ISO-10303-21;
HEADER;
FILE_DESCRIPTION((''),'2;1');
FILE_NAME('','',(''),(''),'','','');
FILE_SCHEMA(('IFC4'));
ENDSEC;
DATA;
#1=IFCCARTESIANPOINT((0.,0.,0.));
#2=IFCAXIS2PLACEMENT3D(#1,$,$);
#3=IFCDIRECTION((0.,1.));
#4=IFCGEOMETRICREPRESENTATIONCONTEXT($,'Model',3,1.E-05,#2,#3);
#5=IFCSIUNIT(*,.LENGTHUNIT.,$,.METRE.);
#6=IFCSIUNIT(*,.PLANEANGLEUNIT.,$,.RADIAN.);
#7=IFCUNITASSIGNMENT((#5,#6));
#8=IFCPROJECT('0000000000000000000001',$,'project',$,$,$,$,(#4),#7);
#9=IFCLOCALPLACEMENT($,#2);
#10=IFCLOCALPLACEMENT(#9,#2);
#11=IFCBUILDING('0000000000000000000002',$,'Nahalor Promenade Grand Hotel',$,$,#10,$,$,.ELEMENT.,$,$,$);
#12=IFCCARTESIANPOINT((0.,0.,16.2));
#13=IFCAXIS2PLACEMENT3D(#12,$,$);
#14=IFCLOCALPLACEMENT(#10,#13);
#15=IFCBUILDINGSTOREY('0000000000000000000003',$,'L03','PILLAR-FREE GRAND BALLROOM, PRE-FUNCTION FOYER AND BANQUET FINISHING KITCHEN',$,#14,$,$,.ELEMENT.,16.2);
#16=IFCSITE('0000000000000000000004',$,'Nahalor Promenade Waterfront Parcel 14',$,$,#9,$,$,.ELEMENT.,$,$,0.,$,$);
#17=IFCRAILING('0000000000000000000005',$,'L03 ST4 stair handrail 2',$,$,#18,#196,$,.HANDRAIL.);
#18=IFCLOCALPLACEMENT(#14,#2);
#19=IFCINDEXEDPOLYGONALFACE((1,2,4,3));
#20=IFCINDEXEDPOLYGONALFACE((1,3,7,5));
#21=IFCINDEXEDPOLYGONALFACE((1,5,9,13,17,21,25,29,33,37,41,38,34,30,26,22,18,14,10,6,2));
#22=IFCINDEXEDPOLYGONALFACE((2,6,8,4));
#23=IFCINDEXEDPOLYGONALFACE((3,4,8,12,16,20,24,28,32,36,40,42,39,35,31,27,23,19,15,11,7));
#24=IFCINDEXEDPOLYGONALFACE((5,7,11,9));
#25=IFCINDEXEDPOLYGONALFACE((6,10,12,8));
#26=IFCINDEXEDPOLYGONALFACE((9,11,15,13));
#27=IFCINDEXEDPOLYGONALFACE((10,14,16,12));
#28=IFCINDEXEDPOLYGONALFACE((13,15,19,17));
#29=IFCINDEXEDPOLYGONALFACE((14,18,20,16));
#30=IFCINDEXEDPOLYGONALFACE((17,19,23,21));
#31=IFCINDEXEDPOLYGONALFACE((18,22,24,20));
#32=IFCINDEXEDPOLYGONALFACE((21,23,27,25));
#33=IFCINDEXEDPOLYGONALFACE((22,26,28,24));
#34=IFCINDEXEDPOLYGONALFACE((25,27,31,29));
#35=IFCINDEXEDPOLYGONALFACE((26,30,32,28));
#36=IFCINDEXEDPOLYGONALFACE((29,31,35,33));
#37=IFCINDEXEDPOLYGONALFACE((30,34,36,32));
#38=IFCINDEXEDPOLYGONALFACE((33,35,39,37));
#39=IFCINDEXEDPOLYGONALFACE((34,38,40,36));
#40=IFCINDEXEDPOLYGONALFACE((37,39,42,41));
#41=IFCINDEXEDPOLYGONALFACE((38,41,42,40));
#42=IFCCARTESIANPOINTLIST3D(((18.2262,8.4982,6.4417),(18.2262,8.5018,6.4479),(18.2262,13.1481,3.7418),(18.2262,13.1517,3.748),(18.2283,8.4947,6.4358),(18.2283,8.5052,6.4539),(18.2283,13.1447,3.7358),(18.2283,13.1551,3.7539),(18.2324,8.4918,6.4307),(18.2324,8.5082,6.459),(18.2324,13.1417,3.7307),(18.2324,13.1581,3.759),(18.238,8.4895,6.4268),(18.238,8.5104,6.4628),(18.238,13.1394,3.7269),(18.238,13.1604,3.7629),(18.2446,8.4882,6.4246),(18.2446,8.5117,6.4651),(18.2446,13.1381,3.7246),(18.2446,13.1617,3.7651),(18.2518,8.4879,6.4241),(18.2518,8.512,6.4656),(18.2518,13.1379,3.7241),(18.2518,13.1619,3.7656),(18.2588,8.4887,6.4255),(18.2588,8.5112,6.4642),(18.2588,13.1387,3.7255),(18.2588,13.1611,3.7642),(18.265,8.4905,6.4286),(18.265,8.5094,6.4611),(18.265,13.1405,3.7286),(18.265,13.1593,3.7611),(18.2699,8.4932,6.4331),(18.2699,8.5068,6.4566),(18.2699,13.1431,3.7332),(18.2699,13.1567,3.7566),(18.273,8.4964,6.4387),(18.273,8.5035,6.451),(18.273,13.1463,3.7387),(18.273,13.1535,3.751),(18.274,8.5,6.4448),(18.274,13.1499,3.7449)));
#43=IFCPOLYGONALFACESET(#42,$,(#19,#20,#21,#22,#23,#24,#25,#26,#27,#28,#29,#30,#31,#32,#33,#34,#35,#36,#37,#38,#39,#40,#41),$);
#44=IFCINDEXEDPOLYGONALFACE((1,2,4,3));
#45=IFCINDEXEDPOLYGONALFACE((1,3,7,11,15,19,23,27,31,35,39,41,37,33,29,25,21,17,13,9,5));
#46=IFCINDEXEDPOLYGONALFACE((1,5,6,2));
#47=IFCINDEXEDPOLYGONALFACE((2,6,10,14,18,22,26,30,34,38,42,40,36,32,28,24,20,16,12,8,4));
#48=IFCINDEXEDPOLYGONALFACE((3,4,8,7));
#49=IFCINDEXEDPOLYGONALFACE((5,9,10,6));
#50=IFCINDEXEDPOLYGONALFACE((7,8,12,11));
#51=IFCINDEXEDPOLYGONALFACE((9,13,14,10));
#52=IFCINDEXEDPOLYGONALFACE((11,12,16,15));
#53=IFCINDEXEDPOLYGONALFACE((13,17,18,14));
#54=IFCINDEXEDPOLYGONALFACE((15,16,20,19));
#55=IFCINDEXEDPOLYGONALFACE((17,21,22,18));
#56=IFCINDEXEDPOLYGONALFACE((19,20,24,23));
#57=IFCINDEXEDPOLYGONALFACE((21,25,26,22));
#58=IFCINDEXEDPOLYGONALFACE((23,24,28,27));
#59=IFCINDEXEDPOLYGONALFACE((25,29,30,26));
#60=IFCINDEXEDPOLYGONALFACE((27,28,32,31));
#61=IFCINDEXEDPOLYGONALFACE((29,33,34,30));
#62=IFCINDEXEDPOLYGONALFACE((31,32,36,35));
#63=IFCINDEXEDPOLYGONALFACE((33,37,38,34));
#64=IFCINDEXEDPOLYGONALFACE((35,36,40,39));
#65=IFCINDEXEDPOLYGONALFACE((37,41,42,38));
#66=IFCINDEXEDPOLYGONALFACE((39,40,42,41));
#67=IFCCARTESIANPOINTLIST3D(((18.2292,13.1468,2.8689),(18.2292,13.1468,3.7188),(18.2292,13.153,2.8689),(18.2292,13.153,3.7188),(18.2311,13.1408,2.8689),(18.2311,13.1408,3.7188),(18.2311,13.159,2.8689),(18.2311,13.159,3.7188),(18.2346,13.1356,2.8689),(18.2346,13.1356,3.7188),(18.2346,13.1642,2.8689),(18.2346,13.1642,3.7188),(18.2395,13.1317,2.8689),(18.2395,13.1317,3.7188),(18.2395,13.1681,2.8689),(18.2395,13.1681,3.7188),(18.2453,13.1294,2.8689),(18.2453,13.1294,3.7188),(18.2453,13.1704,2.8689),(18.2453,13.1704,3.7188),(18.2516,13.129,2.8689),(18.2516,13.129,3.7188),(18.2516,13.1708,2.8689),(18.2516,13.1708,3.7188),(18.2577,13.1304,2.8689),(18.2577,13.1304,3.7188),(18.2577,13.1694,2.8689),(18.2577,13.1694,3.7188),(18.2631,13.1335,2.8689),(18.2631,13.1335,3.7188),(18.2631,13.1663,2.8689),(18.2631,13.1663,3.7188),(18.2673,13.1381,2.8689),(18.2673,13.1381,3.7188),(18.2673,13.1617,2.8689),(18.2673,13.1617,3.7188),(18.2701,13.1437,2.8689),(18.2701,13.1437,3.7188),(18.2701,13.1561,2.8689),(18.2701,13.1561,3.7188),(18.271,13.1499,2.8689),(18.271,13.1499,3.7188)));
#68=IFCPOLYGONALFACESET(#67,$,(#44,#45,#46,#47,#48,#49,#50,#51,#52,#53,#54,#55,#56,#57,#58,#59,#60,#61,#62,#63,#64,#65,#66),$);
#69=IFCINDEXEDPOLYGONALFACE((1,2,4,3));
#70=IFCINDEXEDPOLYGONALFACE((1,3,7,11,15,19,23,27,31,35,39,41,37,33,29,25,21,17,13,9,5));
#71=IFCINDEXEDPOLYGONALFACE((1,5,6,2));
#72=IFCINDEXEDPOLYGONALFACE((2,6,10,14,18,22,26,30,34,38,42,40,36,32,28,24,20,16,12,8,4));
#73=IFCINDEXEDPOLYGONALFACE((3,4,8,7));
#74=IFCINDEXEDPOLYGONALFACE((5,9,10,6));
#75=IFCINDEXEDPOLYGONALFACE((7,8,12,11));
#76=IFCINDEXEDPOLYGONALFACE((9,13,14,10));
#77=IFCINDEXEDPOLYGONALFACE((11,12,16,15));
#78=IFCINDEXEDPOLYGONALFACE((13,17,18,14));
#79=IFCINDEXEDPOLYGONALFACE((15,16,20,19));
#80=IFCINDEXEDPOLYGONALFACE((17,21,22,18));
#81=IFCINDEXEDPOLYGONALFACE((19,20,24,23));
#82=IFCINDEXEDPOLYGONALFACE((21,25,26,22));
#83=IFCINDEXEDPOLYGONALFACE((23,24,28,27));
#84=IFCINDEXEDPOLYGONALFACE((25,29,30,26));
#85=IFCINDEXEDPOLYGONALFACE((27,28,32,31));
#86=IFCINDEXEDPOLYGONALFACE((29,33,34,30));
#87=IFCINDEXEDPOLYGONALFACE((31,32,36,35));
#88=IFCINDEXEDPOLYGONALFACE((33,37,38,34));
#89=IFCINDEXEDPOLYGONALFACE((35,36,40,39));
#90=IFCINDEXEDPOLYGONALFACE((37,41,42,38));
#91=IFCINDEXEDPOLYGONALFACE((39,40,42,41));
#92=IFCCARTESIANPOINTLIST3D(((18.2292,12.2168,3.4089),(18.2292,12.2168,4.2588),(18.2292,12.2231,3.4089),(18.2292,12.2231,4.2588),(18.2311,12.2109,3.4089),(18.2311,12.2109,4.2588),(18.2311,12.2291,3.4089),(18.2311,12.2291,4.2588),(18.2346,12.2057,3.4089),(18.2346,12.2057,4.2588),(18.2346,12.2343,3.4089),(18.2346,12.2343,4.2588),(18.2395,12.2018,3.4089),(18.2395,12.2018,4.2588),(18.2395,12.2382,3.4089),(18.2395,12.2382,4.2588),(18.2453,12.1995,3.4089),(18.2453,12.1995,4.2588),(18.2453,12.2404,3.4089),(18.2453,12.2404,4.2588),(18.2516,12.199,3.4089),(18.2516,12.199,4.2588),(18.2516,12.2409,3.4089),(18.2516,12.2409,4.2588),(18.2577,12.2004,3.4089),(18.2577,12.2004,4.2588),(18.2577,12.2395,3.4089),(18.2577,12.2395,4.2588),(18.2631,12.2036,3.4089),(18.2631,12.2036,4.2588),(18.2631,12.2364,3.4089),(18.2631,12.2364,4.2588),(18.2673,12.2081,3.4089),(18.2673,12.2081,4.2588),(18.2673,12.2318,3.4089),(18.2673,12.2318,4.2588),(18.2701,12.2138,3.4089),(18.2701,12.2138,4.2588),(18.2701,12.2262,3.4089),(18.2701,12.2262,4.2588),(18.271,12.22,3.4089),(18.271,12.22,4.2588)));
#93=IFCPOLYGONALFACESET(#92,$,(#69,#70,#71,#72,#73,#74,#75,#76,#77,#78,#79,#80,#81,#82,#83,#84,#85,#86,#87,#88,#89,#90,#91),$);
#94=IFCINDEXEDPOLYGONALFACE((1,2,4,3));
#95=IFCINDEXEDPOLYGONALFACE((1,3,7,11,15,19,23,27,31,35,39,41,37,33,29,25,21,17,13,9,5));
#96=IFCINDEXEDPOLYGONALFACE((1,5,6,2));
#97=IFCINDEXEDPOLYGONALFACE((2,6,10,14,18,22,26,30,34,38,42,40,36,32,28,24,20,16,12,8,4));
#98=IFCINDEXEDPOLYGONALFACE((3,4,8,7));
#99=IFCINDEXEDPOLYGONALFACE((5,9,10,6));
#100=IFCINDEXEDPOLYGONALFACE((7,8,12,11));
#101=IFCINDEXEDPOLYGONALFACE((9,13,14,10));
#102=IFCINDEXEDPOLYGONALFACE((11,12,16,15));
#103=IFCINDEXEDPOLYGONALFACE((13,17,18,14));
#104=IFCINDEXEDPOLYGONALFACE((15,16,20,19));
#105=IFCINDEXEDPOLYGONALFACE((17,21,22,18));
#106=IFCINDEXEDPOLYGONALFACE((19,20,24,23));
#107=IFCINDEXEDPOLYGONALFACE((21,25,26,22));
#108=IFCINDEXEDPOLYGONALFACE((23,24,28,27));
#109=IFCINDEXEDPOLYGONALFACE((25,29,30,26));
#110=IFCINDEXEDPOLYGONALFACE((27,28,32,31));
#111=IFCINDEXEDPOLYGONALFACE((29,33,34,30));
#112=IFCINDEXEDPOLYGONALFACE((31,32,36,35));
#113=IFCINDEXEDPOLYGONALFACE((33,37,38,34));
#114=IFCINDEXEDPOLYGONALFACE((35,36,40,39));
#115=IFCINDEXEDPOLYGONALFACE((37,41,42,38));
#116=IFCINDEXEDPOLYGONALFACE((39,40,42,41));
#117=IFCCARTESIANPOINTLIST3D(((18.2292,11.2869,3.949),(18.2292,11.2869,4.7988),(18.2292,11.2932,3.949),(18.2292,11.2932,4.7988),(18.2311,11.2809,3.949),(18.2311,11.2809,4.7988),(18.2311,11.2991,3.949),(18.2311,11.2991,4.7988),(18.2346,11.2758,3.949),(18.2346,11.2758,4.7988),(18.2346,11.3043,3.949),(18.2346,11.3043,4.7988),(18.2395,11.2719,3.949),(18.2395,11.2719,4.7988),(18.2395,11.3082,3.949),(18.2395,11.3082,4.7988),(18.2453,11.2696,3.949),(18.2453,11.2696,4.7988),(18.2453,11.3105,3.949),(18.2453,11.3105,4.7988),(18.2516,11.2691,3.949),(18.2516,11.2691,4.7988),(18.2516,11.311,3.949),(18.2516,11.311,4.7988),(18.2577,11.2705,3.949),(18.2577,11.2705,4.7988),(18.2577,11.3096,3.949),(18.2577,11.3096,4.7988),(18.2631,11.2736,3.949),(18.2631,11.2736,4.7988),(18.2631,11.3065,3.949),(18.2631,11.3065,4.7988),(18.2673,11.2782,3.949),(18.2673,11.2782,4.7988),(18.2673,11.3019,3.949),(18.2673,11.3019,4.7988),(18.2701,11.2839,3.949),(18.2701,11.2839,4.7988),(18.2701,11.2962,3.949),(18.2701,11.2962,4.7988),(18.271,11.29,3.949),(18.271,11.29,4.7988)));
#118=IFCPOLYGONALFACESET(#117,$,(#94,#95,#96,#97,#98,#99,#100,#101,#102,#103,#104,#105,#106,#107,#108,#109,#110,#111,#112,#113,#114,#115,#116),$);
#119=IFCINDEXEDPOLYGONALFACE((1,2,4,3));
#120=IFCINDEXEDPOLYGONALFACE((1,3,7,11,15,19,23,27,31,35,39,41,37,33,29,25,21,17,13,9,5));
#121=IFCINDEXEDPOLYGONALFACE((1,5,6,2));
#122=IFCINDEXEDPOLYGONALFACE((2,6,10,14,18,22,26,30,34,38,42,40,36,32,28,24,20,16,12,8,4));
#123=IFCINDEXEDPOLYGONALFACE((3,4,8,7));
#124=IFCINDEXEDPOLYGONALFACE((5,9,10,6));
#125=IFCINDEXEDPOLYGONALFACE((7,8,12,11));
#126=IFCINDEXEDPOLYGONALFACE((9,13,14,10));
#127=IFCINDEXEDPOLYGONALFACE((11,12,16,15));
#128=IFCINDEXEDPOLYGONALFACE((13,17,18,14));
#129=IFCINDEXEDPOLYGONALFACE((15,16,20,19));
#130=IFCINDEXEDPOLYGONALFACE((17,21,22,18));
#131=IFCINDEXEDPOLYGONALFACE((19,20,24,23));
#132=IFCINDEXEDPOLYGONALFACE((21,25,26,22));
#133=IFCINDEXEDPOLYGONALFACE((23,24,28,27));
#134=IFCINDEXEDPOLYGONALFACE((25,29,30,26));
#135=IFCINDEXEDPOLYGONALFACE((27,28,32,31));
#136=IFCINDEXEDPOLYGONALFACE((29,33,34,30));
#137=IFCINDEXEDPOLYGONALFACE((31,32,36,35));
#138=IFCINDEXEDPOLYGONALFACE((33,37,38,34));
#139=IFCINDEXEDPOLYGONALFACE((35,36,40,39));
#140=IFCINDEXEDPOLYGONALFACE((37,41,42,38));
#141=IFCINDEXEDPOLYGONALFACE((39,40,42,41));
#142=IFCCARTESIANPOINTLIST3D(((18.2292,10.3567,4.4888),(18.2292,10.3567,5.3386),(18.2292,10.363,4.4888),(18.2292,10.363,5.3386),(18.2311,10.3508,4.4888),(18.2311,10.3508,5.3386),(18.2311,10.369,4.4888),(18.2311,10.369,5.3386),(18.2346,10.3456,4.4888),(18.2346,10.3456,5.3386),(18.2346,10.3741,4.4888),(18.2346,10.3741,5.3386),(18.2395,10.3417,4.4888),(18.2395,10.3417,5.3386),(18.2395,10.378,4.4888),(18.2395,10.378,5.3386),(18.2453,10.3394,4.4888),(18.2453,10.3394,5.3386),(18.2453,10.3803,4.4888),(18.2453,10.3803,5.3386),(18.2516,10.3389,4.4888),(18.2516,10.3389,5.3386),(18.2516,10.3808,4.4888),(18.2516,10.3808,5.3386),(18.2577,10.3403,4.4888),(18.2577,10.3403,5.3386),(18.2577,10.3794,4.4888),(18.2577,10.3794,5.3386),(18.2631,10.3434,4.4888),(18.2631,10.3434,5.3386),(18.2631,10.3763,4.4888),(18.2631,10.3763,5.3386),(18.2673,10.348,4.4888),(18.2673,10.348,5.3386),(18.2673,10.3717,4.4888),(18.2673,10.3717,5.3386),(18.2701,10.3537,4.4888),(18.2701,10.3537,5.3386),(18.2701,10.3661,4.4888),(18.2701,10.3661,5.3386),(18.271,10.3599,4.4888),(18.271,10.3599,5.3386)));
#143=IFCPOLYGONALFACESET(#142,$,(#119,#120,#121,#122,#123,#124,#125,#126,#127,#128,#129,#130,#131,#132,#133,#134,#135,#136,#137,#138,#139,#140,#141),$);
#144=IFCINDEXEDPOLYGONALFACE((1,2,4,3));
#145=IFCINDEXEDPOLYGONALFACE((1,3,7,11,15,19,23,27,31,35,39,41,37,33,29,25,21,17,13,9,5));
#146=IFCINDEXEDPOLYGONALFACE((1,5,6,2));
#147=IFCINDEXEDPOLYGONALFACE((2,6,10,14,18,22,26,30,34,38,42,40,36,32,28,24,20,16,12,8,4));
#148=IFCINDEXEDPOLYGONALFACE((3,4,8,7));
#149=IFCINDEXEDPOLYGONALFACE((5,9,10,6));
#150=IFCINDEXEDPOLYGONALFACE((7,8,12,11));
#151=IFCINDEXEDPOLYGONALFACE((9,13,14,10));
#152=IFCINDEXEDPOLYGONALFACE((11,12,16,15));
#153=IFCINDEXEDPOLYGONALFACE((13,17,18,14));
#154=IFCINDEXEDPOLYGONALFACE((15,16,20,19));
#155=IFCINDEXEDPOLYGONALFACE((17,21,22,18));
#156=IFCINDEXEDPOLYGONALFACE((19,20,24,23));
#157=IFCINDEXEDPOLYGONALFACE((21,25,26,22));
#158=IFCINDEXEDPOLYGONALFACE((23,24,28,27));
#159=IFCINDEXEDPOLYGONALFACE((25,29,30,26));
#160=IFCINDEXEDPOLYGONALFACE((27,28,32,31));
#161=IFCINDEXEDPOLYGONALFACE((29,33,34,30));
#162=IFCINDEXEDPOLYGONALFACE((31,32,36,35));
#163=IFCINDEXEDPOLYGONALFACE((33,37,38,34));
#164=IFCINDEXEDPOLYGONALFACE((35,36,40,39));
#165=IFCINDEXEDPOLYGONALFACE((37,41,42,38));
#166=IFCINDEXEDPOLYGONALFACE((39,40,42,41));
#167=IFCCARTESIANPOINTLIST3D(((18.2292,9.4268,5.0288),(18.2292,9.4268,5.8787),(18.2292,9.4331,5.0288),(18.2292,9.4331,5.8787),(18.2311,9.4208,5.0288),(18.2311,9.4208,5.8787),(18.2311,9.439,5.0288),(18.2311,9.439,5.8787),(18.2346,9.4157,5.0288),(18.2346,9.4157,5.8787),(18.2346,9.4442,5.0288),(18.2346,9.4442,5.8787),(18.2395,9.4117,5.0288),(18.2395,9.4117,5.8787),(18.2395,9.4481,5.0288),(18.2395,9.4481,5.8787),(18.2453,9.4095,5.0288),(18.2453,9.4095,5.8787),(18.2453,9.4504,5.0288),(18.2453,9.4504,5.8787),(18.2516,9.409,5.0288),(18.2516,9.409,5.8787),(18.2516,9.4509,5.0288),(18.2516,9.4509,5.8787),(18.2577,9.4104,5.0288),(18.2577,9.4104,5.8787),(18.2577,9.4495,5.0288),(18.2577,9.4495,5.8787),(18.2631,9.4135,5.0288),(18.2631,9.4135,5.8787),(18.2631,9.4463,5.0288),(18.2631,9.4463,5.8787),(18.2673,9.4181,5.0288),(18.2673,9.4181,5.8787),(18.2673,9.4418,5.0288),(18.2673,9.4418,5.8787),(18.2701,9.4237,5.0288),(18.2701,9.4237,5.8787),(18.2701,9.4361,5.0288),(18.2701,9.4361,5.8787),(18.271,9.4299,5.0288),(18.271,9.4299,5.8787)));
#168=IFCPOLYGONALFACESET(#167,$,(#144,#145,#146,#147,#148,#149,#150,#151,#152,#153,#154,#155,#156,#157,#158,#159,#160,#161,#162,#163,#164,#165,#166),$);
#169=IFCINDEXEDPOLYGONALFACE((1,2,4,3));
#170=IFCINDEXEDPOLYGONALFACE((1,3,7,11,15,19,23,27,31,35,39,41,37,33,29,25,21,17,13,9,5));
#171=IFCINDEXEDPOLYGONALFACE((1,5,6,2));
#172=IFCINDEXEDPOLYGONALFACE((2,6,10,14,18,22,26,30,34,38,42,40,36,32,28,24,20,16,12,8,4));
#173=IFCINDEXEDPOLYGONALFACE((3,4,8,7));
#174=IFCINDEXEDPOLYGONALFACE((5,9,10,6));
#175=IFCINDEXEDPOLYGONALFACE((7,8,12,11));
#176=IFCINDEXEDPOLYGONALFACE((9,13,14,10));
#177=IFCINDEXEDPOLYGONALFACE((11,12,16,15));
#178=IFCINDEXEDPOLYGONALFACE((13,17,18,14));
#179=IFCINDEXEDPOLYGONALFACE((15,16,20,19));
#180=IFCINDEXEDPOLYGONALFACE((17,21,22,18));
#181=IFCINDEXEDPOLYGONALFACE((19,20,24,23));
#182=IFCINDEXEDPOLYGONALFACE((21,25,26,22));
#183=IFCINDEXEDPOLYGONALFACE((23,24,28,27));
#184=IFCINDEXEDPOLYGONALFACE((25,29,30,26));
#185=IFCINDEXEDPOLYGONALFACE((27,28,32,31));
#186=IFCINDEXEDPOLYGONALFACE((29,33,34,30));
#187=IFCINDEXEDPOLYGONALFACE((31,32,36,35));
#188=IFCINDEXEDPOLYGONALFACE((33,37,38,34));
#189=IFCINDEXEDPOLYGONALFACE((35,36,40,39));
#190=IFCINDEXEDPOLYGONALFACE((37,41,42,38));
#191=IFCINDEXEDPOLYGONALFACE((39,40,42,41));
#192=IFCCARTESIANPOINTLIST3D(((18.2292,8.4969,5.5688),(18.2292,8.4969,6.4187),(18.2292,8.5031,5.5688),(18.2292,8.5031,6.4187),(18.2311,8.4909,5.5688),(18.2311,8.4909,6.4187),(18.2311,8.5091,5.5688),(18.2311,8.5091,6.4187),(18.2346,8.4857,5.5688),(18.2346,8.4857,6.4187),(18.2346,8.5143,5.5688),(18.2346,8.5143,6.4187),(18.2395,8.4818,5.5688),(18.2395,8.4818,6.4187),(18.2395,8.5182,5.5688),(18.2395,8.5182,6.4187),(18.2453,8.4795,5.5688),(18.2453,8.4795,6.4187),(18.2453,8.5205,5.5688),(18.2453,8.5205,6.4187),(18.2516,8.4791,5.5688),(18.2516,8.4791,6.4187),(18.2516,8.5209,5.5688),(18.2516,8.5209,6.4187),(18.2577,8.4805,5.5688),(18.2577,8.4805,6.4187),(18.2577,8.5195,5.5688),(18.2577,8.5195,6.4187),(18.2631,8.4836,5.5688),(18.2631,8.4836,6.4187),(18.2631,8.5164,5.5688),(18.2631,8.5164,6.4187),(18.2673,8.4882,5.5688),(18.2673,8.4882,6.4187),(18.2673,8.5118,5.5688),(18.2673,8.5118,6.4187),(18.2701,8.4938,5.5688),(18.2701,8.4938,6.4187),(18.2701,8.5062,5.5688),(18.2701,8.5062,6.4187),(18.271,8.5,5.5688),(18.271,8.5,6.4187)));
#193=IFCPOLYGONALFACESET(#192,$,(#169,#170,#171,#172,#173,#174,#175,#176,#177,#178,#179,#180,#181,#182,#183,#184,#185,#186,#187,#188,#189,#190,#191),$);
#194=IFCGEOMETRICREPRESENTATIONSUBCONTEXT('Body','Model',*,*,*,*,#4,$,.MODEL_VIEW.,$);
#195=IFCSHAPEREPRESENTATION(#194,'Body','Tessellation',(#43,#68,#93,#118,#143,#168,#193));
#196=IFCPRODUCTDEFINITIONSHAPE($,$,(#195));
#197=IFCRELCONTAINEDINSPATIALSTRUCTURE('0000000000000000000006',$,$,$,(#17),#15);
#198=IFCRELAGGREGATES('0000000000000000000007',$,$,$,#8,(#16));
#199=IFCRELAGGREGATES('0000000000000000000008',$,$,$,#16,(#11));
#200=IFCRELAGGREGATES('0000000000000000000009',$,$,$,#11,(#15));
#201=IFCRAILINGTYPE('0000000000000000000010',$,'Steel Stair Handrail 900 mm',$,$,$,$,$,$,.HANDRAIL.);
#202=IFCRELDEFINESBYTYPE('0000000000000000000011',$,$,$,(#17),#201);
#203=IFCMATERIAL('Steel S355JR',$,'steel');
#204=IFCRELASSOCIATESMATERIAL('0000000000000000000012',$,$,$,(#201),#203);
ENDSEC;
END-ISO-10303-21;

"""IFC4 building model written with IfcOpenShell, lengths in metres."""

from ifc_helpers import new_model, si_unit, direction, frame, origin, origin_2d, place, context, subcontext, project, spatial, circle, extrude, material, type_object, element, save


model = new_model("IFC4")

# Units and contexts
model_context = context("Model", 3, precision=1e-05, world=origin(), true_north=direction((0.0, 1.0)))
body_context = subcontext(model_context, "Body", "Model", "MODEL_VIEW")
ifc_project = project(units=[si_unit("LENGTHUNIT", "METRE"), si_unit("PLANEANGLEUNIT", "RADIAN")], contexts=[model_context])

# Site, building, storey
site_placement = place(None, origin())
site = spatial("IfcSite", under=ifc_project, at=site_placement, Name="Nahalor Promenade Waterfront Parcel 14", CompositionType="ELEMENT", RefElevation=0.0)
building_placement = place(site_placement, origin())
building = spatial("IfcBuilding", under=site, at=building_placement, Name="Nahalor Promenade Grand Hotel", CompositionType="ELEMENT")
storey_placement = place(building_placement, frame((0.0, 0.0, 16.2)))
storey = spatial("IfcBuildingStorey", under=building, at=storey_placement, Name="L03", Description="PILLAR-FREE GRAND BALLROOM, PRE-FUNCTION FOYER AND BANQUET FINISHING KITCHEN", CompositionType="ELEMENT", Elevation=16.2)

# Shared definitions
ifc_material_1 = material(Name="Steel S355JR", Category="steel")

# Railing
railing_type_1 = type_object("IfcRailingType", Name="Steel Stair Handrail 900 mm", PredefinedType="HANDRAIL", material=ifc_material_1)
railing_1_placement = place(storey_placement, frame((18.25, 13.1499, 2.8689)))
element("IfcRailing", 1, at=railing_1_placement, inside=storey, type_object=railing_type_1, Name="L03 ST4 stair handrail 2", PredefinedType="HANDRAIL", context=body_context, shape_type="SweptSolid", body=[
    extrude(circle(Radius=0.024, at=origin_2d()), frame((0.0, 0.0, 0.876), z_axis=(0.0, -0.864788, 0.502137), x_axis=(1.0, 0.0, 0.0)), (0.0, 0.0, 1.0), 5.377),
    extrude(circle(Radius=0.021, at=origin_2d()), origin(), (0.0, 0.0, 1.0), 0.8499),
    extrude(circle(Radius=0.021, at=origin_2d()), frame((0.0, -0.9299, 0.54)), (0.0, 0.0, 1.0), 0.8499),
    extrude(circle(Radius=0.021, at=origin_2d()), frame((0.0, -1.8599, 1.0801)), (0.0, 0.0, 1.0), 0.8499),
    extrude(circle(Radius=0.021, at=origin_2d()), frame((0.0, -2.79, 1.6199)), (0.0, 0.0, 1.0), 0.8499),
    extrude(circle(Radius=0.021, at=origin_2d()), frame((0.0, -3.72, 2.1599)), (0.0, 0.0, 1.0), 0.8499),
    extrude(circle(Radius=0.021, at=origin_2d()), frame((0.0, -4.6499, 2.7)), (0.0, 0.0, 1.0), 0.8499),
])

save(model, "model.ifc")
